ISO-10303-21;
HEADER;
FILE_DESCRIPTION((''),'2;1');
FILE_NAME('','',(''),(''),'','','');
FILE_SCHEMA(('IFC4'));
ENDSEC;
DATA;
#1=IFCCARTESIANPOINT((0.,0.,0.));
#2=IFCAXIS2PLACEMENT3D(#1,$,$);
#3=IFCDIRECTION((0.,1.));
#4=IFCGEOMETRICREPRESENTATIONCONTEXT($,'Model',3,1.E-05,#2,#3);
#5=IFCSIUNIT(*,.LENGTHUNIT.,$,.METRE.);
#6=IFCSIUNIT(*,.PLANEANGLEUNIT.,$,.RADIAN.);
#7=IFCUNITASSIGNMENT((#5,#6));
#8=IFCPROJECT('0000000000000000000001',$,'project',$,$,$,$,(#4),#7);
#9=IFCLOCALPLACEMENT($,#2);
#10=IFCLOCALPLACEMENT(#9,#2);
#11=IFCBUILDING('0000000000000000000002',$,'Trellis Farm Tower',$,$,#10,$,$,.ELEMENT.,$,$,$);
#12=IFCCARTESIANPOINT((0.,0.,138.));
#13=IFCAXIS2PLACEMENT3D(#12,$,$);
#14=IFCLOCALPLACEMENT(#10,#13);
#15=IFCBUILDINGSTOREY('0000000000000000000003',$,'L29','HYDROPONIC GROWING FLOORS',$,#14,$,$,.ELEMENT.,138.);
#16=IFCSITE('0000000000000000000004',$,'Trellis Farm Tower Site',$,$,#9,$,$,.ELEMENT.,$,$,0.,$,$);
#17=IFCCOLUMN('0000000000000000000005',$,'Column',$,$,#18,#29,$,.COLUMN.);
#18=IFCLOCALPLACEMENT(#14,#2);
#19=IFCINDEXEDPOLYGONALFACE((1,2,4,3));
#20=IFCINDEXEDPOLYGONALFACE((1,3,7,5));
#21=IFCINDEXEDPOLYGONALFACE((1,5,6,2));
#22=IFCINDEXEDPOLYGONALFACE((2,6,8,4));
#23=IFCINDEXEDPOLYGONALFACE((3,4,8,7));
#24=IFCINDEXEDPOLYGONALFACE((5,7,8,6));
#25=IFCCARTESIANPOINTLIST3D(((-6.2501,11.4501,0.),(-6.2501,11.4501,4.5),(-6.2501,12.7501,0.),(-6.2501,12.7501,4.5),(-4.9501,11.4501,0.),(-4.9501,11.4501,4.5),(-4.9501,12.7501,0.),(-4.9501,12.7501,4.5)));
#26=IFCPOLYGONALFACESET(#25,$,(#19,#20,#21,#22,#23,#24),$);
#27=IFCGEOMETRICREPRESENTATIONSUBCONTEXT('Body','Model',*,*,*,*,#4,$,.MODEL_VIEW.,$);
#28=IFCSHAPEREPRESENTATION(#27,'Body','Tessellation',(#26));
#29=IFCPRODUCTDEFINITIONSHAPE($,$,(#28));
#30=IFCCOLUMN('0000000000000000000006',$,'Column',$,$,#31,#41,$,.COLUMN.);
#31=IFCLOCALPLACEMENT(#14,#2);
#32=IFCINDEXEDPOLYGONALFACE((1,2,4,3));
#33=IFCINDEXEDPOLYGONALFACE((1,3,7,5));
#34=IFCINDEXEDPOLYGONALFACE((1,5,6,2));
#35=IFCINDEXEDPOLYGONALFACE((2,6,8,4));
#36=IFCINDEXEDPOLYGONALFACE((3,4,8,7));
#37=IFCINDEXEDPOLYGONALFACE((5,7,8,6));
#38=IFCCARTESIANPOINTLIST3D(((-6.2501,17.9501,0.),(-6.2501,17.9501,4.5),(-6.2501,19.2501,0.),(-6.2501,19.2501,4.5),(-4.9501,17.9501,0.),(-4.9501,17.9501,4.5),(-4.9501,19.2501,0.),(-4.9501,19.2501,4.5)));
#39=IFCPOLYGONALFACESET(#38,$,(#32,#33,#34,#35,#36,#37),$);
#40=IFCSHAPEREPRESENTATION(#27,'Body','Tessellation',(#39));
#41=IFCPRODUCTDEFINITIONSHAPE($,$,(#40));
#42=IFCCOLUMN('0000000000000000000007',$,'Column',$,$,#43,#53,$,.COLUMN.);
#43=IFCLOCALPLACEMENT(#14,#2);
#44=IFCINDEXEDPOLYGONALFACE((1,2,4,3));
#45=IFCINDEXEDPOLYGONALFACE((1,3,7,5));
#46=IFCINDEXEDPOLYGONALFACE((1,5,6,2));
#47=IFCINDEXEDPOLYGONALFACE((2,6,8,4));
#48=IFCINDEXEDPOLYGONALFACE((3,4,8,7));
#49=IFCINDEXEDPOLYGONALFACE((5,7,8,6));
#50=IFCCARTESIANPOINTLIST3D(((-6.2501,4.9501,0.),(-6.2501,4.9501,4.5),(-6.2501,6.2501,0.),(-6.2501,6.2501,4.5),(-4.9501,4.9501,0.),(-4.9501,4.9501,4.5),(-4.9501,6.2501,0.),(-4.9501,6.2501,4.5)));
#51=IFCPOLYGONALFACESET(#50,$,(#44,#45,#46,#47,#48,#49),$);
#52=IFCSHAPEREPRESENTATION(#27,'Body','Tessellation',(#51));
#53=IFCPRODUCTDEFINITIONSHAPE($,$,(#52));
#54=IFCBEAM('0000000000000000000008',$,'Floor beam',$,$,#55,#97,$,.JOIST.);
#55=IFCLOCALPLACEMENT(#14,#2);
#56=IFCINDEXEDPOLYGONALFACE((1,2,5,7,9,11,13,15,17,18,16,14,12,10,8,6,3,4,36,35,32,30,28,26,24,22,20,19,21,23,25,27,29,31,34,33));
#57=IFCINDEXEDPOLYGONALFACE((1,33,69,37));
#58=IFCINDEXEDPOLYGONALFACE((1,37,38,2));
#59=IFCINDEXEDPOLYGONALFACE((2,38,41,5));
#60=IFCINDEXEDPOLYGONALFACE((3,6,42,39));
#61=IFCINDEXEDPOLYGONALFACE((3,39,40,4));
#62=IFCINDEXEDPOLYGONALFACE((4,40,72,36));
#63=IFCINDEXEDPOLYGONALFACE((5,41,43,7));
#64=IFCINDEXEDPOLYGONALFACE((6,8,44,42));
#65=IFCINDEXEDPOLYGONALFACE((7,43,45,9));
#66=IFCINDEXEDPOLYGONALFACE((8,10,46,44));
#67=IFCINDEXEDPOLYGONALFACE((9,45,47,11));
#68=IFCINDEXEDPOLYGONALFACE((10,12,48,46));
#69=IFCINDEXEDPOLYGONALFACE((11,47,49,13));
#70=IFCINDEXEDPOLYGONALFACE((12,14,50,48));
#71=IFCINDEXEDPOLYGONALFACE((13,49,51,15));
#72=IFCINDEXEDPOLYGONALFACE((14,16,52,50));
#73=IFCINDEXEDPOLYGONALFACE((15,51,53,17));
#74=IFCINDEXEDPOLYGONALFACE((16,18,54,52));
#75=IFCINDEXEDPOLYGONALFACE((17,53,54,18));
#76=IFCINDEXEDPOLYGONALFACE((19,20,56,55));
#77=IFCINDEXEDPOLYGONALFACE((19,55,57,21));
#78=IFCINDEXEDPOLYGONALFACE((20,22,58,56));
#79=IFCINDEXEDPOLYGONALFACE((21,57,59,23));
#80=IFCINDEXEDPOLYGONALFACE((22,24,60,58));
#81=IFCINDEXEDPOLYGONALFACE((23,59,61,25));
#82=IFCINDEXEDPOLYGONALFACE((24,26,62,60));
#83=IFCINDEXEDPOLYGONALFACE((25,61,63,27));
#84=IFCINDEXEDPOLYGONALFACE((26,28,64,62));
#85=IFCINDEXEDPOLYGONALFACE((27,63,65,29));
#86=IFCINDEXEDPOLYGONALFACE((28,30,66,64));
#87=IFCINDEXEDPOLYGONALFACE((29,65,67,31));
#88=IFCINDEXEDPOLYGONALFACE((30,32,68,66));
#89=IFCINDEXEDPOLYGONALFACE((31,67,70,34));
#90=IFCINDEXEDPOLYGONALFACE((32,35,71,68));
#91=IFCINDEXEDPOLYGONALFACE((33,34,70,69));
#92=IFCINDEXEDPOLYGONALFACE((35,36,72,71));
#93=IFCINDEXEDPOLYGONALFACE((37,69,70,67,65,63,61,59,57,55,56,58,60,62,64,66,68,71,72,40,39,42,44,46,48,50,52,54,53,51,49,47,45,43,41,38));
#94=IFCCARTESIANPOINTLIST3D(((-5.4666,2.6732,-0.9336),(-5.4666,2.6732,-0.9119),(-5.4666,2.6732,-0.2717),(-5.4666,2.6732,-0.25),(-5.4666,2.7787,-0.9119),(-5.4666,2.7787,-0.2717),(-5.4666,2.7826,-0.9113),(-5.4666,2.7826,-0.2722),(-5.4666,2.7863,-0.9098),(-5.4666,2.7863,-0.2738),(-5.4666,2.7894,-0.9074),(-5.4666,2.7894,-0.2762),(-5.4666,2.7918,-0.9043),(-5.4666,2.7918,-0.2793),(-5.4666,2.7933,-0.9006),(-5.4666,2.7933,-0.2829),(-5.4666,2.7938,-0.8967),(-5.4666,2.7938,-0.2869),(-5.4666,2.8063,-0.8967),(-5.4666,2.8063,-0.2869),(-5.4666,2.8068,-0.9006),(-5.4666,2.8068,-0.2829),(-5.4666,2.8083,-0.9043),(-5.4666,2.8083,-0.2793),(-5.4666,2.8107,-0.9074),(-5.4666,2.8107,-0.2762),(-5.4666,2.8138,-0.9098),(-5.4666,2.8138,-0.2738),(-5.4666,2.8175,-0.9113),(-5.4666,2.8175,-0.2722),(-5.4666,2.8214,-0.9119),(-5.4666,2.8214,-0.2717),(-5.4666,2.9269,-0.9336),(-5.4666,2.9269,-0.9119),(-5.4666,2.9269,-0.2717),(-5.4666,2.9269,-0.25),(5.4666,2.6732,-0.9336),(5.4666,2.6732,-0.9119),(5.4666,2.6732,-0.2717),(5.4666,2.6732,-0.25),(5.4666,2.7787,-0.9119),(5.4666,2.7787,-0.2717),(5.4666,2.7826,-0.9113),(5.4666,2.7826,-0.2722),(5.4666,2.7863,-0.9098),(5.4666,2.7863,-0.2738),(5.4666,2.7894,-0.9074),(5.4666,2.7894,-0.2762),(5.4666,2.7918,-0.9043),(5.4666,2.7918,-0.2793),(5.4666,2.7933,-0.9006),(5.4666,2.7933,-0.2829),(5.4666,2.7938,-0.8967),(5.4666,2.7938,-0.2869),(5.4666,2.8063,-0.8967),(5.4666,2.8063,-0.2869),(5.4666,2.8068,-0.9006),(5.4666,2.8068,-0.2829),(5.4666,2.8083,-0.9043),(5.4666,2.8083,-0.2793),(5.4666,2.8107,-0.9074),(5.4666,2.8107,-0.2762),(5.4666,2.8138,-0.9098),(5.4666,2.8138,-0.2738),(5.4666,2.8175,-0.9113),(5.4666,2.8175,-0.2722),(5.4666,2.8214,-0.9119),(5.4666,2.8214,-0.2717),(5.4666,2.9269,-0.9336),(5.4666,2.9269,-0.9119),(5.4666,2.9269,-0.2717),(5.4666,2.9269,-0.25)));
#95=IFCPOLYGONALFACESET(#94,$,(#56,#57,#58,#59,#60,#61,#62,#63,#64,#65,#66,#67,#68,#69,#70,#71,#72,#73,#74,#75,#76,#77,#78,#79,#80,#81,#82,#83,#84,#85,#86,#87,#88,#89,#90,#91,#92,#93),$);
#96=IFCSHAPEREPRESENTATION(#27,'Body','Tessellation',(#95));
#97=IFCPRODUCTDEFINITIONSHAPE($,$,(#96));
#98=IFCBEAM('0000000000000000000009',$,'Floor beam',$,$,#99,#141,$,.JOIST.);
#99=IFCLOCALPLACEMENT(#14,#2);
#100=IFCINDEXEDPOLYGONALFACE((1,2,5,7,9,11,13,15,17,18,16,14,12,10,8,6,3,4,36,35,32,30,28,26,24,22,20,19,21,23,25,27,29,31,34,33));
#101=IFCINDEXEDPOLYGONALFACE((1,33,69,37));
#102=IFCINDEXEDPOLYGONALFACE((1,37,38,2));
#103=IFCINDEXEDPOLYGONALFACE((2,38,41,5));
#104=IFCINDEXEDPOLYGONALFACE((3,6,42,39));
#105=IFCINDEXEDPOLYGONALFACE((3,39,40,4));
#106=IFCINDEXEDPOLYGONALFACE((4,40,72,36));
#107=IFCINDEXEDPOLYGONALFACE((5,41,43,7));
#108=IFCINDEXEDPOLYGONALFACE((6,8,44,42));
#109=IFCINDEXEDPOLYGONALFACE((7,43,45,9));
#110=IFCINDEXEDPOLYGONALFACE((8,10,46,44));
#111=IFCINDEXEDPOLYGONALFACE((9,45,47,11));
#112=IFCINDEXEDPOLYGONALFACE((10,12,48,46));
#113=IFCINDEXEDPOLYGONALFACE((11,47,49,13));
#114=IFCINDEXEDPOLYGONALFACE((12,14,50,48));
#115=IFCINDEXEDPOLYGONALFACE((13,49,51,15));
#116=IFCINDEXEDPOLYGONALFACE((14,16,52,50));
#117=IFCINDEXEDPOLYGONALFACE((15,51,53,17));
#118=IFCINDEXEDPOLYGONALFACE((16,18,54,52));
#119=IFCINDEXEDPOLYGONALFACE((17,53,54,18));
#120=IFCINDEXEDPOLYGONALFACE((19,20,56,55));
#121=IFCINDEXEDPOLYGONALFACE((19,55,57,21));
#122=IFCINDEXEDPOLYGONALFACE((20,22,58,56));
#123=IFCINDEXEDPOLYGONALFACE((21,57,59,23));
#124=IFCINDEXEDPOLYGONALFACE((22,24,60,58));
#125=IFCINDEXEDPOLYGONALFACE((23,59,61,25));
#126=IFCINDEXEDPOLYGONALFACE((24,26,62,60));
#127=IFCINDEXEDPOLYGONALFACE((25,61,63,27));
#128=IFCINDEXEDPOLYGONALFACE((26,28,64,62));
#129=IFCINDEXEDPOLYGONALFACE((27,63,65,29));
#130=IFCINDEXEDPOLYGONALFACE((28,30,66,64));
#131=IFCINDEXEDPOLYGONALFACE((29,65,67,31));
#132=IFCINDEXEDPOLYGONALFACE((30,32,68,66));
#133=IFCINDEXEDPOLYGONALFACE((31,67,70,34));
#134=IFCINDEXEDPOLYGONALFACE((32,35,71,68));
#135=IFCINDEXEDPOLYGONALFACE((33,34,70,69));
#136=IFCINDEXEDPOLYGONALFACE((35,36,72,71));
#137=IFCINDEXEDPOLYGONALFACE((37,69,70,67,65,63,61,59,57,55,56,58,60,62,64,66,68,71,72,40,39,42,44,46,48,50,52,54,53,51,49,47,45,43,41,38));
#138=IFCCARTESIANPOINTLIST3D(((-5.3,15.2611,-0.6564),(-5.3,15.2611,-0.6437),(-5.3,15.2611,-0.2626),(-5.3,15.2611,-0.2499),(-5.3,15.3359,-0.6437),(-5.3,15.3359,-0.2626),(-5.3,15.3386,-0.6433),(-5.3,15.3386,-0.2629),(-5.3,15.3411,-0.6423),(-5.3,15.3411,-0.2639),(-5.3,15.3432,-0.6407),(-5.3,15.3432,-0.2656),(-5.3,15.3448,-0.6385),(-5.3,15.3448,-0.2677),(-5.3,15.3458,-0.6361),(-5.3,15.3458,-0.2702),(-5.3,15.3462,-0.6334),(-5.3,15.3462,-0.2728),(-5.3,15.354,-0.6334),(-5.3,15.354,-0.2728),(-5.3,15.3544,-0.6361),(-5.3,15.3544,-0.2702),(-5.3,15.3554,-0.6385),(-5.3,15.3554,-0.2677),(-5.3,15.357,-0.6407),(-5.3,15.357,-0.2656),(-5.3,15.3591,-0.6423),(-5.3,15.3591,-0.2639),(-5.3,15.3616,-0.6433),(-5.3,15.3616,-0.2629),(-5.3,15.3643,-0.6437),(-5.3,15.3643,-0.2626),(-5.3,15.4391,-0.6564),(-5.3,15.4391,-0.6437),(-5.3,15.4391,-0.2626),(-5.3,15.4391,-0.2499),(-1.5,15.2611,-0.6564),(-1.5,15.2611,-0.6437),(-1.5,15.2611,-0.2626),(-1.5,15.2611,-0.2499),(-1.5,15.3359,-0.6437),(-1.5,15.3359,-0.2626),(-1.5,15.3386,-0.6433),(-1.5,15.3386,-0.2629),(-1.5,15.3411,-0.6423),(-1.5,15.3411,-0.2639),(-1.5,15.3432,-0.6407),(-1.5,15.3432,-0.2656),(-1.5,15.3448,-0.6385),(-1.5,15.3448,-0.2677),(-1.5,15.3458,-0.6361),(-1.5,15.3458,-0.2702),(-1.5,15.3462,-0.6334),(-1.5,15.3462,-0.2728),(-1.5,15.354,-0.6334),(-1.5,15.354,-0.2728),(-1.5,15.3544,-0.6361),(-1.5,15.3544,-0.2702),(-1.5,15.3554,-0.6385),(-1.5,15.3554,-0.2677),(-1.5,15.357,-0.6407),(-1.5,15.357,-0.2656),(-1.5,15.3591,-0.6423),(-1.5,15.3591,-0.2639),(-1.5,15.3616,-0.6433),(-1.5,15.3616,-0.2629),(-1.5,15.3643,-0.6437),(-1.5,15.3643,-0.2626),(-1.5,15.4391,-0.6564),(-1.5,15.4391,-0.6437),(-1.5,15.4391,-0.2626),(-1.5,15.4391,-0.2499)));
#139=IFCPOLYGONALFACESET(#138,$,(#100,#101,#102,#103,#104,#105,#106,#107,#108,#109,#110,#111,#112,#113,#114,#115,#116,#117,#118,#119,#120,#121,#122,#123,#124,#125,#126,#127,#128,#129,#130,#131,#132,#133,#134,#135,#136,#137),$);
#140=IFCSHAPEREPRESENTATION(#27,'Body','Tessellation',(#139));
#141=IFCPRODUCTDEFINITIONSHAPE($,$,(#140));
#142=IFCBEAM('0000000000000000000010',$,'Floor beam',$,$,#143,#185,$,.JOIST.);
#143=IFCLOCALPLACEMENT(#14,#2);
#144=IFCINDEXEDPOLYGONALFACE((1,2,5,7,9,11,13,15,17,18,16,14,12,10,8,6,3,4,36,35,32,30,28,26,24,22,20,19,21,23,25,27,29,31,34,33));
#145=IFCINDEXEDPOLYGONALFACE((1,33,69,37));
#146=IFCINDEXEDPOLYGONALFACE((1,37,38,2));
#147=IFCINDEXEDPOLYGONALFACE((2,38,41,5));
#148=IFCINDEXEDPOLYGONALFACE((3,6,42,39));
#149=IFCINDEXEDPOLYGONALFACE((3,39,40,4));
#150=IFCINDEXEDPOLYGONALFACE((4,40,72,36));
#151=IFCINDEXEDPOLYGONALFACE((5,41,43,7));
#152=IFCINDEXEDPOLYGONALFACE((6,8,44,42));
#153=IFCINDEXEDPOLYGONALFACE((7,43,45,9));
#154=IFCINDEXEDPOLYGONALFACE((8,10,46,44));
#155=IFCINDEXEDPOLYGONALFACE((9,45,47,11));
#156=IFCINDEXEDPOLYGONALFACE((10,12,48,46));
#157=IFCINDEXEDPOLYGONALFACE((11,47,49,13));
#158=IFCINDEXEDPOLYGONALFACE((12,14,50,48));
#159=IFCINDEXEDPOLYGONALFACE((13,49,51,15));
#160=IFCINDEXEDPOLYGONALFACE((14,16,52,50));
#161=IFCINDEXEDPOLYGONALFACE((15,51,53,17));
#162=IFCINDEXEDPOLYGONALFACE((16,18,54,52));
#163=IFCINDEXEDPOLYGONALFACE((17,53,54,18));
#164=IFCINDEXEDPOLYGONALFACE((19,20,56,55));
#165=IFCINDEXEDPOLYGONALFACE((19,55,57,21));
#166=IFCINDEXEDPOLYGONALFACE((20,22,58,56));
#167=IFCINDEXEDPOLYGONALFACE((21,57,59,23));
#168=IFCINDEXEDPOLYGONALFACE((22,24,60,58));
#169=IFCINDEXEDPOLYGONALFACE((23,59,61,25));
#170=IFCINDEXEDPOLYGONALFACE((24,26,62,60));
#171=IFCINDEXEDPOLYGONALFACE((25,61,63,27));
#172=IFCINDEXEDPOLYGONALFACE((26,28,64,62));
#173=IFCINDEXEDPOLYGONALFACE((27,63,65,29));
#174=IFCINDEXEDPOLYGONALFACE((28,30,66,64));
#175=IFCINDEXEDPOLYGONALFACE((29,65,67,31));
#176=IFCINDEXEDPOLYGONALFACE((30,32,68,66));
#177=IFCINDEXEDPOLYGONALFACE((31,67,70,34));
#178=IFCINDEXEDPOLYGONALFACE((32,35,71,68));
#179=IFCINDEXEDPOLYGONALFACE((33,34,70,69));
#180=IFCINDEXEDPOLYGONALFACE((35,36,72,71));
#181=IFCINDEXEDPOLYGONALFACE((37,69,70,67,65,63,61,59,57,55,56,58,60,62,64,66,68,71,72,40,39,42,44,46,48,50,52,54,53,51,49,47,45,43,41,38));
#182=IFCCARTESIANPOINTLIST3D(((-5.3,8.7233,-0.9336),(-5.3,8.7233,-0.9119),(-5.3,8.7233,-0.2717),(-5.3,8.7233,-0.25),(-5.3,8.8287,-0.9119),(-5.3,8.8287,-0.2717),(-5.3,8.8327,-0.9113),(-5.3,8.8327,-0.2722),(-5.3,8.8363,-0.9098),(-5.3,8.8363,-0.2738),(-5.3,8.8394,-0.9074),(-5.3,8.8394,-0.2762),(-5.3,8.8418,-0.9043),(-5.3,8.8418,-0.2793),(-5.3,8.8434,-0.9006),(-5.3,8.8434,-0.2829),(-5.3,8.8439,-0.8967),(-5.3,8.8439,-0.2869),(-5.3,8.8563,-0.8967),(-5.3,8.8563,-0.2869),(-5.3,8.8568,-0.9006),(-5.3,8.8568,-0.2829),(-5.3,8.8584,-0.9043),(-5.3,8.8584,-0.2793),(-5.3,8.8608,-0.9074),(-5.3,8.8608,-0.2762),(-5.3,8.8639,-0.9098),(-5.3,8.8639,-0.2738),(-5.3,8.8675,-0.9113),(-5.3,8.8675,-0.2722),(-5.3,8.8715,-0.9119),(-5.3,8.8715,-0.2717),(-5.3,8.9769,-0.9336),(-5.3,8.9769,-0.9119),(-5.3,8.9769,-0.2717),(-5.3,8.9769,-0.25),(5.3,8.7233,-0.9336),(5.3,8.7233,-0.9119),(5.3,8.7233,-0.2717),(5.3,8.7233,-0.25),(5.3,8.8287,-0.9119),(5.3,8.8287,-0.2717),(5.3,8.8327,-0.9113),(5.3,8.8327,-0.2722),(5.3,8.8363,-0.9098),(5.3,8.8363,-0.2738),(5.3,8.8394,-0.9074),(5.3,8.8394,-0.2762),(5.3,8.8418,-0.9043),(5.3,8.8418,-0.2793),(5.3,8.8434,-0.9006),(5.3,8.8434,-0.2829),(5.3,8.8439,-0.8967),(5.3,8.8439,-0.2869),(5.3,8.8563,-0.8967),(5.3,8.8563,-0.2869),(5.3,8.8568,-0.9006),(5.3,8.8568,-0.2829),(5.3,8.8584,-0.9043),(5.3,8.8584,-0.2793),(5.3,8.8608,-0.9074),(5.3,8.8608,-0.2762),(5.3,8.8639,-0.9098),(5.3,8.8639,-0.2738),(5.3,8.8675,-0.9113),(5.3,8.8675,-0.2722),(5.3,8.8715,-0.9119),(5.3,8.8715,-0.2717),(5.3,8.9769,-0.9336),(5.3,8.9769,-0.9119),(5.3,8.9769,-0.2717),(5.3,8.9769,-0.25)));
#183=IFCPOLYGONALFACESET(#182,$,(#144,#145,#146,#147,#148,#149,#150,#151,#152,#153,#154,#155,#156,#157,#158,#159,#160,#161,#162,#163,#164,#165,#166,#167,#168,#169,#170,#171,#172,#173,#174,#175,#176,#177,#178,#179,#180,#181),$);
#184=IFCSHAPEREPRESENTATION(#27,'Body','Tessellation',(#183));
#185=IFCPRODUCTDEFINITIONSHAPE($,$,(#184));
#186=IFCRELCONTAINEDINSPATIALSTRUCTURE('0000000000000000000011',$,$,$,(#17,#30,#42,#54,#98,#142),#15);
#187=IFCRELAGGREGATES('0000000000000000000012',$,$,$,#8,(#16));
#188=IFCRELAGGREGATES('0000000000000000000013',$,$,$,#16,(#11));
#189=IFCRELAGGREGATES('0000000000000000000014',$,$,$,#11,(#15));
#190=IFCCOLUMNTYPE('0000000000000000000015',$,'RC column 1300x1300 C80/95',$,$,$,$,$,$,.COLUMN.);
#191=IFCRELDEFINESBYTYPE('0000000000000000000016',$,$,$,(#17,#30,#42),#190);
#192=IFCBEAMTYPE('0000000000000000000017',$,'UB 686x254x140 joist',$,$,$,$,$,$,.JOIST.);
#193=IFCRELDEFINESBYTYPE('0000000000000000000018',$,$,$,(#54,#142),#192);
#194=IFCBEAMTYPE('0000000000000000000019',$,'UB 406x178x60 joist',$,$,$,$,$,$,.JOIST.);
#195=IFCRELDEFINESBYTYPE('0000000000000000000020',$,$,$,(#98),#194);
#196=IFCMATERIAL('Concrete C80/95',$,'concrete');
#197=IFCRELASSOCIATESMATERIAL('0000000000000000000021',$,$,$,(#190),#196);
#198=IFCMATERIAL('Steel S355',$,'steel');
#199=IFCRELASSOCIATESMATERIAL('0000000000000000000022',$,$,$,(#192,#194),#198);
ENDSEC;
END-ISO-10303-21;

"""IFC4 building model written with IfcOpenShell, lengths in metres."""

from ifc_helpers import new_model, si_unit, direction, frame, origin, origin_2d, place, context, subcontext, project, spatial, rectangle, i_section, extrude, source, transform, mapped, material, material_profile, profile_set, type_object, element, save


model = new_model("IFC4")

# Units and contexts
model_context = context("Model", 3, precision=1e-05, world=origin(), true_north=direction((0.0, 1.0)))
body_context = subcontext(model_context, "Body", "Model", "MODEL_VIEW")
ifc_project = project(units=[si_unit("LENGTHUNIT", "METRE"), si_unit("PLANEANGLEUNIT", "RADIAN")], contexts=[model_context])

# Site, building, storey
site_placement = place(None, origin())
site = spatial("IfcSite", under=ifc_project, at=site_placement, Name="Trellis Farm Tower Site", CompositionType="ELEMENT", RefElevation=0.0)
building_placement = place(site_placement, origin())
building = spatial("IfcBuilding", under=site, at=building_placement, Name="Trellis Farm Tower", CompositionType="ELEMENT")
storey_placement = place(building_placement, frame((0.0, 0.0, 138.0)))
storey = spatial("IfcBuildingStorey", under=building, at=storey_placement, Name="L29", Description="HYDROPONIC GROWING FLOORS", CompositionType="ELEMENT", Elevation=138.0)

# Columns
ifc_material_1 = material(Name="Concrete C80/95", Category="concrete")
ifc_material_profile_1 = material_profile(ifc_material_1, rectangle(XDim=1.3, YDim=1.3, at=origin_2d()), Name="RC column 1300x1300 C80/95")
ifc_profile_set_1 = profile_set([ifc_material_profile_1], Name="Concrete C80/95")
column_type = type_object("IfcColumnType", Name="RC column 1300x1300 C80/95", PredefinedType="COLUMN", material=ifc_profile_set_1)
shared_shape_1 = source(origin(), body_context, "Body", "SweptSolid", [
    extrude(rectangle(XDim=1.3, YDim=1.3, at=origin_2d()), origin(), (0.0, 0.0, 1.0), 4.5),
])
for number, where, z_axis, x_axis, name in (
    (1, (-5.6001, 12.1001, 0.0), (0.0, 0.0, 1.0), (1.0, 0.0, 0.0), "Column"),
    (2, (-5.6001, 18.6001, 0.0), (0.0, 0.0, 1.0), (1.0, 0.0, 0.0), "Column"),
    (3, (-5.6001, 5.6001, 0.0), (0.0, 0.0, 1.0), (1.0, 0.0, 0.0), "Column"),
):
    element("IfcColumn", number, at=place(storey_placement, frame(where, z_axis=z_axis, x_axis=x_axis)), inside=storey, type_object=column_type, Name=name, PredefinedType="COLUMN", context=body_context, shape_type="MappedRepresentation", body=[
        mapped(shared_shape_1, transform((0.0, 0.0, 0.0))),
    ])

# Beams
ifc_material_2 = material(Name="Steel S355", Category="steel")
ifc_material_profile_2 = material_profile(ifc_material_2, i_section(OverallWidth=0.2537, OverallDepth=0.6836, WebThickness=0.0125, FlangeThickness=0.0217, FilletRadius=0.0151, at=origin_2d()), Name="UB 686x254x140")
ifc_profile_set_2 = profile_set([ifc_material_profile_2], Name="Steel S355")
beam_type_1 = type_object("IfcBeamType", Name="UB 686x254x140 joist", PredefinedType="JOIST", material=ifc_profile_set_2)
shared_shape_2 = source(origin(), body_context, "Body", "SweptSolid", [
    extrude(i_section(OverallWidth=0.2537, OverallDepth=0.6836, WebThickness=0.0125, FlangeThickness=0.0217, FilletRadius=0.0151, at=origin_2d()), origin(), (0.0, 0.0, 1.0), 10.9331),
])
beam_1_placement = place(storey_placement, frame((-5.4666, 2.8, -0.5918), z_axis=(1.0, 0.0, 0.0), x_axis=(0.0, 1.0, 0.0)))
element("IfcBeam", 4, at=beam_1_placement, inside=storey, type_object=beam_type_1, Name="Floor beam", PredefinedType="JOIST", context=body_context, shape_type="MappedRepresentation", body=[
    mapped(shared_shape_2, transform((0.0, 0.0, 0.0))),
])
ifc_material_profile_3 = material_profile(ifc_material_2, i_section(OverallWidth=0.178, OverallDepth=0.4065, WebThickness=0.0078, FlangeThickness=0.0127, FilletRadius=0.0103, at=origin_2d()), Name="UB 406x178x60")
ifc_profile_set_3 = profile_set([ifc_material_profile_3], Name="Steel S355")
beam_type_2 = type_object("IfcBeamType", Name="UB 406x178x60 joist", PredefinedType="JOIST", material=ifc_profile_set_3)
shared_shape_3 = source(origin(), body_context, "Body", "SweptSolid", [
    extrude(i_section(OverallWidth=0.178, OverallDepth=0.4065, WebThickness=0.0078, FlangeThickness=0.0127, FilletRadius=0.0103, at=origin_2d()), origin(), (0.0, 0.0, 1.0), 3.8),
])
beam_2_placement = place(storey_placement, frame((-5.3, 15.3501, -0.4531), z_axis=(1.0, 0.0, 0.0), x_axis=(0.0, 1.0, 0.0)))
element("IfcBeam", 5, at=beam_2_placement, inside=storey, type_object=beam_type_2, Name="Floor beam", PredefinedType="JOIST", context=body_context, shape_type="MappedRepresentation", body=[
    mapped(shared_shape_3, transform((0.0, 0.0, 0.0))),
])
shared_shape_4 = source(origin(), body_context, "Body", "SweptSolid", [
    extrude(i_section(OverallWidth=0.2537, OverallDepth=0.6836, WebThickness=0.0125, FlangeThickness=0.0217, FilletRadius=0.0151, at=origin_2d()), origin(), (0.0, 0.0, 1.0), 10.6001),
])
beam_3_placement = place(storey_placement, frame((-5.3, 8.8501, -0.5918), z_axis=(1.0, 0.0, 0.0), x_axis=(0.0, 1.0, 0.0)))
element("IfcBeam", 6, at=beam_3_placement, inside=storey, type_object=beam_type_1, Name="Floor beam", PredefinedType="JOIST", context=body_context, shape_type="MappedRepresentation", body=[
    mapped(shared_shape_4, transform((0.0, 0.0, 0.0))),
])

save(model, "model.ifc")
